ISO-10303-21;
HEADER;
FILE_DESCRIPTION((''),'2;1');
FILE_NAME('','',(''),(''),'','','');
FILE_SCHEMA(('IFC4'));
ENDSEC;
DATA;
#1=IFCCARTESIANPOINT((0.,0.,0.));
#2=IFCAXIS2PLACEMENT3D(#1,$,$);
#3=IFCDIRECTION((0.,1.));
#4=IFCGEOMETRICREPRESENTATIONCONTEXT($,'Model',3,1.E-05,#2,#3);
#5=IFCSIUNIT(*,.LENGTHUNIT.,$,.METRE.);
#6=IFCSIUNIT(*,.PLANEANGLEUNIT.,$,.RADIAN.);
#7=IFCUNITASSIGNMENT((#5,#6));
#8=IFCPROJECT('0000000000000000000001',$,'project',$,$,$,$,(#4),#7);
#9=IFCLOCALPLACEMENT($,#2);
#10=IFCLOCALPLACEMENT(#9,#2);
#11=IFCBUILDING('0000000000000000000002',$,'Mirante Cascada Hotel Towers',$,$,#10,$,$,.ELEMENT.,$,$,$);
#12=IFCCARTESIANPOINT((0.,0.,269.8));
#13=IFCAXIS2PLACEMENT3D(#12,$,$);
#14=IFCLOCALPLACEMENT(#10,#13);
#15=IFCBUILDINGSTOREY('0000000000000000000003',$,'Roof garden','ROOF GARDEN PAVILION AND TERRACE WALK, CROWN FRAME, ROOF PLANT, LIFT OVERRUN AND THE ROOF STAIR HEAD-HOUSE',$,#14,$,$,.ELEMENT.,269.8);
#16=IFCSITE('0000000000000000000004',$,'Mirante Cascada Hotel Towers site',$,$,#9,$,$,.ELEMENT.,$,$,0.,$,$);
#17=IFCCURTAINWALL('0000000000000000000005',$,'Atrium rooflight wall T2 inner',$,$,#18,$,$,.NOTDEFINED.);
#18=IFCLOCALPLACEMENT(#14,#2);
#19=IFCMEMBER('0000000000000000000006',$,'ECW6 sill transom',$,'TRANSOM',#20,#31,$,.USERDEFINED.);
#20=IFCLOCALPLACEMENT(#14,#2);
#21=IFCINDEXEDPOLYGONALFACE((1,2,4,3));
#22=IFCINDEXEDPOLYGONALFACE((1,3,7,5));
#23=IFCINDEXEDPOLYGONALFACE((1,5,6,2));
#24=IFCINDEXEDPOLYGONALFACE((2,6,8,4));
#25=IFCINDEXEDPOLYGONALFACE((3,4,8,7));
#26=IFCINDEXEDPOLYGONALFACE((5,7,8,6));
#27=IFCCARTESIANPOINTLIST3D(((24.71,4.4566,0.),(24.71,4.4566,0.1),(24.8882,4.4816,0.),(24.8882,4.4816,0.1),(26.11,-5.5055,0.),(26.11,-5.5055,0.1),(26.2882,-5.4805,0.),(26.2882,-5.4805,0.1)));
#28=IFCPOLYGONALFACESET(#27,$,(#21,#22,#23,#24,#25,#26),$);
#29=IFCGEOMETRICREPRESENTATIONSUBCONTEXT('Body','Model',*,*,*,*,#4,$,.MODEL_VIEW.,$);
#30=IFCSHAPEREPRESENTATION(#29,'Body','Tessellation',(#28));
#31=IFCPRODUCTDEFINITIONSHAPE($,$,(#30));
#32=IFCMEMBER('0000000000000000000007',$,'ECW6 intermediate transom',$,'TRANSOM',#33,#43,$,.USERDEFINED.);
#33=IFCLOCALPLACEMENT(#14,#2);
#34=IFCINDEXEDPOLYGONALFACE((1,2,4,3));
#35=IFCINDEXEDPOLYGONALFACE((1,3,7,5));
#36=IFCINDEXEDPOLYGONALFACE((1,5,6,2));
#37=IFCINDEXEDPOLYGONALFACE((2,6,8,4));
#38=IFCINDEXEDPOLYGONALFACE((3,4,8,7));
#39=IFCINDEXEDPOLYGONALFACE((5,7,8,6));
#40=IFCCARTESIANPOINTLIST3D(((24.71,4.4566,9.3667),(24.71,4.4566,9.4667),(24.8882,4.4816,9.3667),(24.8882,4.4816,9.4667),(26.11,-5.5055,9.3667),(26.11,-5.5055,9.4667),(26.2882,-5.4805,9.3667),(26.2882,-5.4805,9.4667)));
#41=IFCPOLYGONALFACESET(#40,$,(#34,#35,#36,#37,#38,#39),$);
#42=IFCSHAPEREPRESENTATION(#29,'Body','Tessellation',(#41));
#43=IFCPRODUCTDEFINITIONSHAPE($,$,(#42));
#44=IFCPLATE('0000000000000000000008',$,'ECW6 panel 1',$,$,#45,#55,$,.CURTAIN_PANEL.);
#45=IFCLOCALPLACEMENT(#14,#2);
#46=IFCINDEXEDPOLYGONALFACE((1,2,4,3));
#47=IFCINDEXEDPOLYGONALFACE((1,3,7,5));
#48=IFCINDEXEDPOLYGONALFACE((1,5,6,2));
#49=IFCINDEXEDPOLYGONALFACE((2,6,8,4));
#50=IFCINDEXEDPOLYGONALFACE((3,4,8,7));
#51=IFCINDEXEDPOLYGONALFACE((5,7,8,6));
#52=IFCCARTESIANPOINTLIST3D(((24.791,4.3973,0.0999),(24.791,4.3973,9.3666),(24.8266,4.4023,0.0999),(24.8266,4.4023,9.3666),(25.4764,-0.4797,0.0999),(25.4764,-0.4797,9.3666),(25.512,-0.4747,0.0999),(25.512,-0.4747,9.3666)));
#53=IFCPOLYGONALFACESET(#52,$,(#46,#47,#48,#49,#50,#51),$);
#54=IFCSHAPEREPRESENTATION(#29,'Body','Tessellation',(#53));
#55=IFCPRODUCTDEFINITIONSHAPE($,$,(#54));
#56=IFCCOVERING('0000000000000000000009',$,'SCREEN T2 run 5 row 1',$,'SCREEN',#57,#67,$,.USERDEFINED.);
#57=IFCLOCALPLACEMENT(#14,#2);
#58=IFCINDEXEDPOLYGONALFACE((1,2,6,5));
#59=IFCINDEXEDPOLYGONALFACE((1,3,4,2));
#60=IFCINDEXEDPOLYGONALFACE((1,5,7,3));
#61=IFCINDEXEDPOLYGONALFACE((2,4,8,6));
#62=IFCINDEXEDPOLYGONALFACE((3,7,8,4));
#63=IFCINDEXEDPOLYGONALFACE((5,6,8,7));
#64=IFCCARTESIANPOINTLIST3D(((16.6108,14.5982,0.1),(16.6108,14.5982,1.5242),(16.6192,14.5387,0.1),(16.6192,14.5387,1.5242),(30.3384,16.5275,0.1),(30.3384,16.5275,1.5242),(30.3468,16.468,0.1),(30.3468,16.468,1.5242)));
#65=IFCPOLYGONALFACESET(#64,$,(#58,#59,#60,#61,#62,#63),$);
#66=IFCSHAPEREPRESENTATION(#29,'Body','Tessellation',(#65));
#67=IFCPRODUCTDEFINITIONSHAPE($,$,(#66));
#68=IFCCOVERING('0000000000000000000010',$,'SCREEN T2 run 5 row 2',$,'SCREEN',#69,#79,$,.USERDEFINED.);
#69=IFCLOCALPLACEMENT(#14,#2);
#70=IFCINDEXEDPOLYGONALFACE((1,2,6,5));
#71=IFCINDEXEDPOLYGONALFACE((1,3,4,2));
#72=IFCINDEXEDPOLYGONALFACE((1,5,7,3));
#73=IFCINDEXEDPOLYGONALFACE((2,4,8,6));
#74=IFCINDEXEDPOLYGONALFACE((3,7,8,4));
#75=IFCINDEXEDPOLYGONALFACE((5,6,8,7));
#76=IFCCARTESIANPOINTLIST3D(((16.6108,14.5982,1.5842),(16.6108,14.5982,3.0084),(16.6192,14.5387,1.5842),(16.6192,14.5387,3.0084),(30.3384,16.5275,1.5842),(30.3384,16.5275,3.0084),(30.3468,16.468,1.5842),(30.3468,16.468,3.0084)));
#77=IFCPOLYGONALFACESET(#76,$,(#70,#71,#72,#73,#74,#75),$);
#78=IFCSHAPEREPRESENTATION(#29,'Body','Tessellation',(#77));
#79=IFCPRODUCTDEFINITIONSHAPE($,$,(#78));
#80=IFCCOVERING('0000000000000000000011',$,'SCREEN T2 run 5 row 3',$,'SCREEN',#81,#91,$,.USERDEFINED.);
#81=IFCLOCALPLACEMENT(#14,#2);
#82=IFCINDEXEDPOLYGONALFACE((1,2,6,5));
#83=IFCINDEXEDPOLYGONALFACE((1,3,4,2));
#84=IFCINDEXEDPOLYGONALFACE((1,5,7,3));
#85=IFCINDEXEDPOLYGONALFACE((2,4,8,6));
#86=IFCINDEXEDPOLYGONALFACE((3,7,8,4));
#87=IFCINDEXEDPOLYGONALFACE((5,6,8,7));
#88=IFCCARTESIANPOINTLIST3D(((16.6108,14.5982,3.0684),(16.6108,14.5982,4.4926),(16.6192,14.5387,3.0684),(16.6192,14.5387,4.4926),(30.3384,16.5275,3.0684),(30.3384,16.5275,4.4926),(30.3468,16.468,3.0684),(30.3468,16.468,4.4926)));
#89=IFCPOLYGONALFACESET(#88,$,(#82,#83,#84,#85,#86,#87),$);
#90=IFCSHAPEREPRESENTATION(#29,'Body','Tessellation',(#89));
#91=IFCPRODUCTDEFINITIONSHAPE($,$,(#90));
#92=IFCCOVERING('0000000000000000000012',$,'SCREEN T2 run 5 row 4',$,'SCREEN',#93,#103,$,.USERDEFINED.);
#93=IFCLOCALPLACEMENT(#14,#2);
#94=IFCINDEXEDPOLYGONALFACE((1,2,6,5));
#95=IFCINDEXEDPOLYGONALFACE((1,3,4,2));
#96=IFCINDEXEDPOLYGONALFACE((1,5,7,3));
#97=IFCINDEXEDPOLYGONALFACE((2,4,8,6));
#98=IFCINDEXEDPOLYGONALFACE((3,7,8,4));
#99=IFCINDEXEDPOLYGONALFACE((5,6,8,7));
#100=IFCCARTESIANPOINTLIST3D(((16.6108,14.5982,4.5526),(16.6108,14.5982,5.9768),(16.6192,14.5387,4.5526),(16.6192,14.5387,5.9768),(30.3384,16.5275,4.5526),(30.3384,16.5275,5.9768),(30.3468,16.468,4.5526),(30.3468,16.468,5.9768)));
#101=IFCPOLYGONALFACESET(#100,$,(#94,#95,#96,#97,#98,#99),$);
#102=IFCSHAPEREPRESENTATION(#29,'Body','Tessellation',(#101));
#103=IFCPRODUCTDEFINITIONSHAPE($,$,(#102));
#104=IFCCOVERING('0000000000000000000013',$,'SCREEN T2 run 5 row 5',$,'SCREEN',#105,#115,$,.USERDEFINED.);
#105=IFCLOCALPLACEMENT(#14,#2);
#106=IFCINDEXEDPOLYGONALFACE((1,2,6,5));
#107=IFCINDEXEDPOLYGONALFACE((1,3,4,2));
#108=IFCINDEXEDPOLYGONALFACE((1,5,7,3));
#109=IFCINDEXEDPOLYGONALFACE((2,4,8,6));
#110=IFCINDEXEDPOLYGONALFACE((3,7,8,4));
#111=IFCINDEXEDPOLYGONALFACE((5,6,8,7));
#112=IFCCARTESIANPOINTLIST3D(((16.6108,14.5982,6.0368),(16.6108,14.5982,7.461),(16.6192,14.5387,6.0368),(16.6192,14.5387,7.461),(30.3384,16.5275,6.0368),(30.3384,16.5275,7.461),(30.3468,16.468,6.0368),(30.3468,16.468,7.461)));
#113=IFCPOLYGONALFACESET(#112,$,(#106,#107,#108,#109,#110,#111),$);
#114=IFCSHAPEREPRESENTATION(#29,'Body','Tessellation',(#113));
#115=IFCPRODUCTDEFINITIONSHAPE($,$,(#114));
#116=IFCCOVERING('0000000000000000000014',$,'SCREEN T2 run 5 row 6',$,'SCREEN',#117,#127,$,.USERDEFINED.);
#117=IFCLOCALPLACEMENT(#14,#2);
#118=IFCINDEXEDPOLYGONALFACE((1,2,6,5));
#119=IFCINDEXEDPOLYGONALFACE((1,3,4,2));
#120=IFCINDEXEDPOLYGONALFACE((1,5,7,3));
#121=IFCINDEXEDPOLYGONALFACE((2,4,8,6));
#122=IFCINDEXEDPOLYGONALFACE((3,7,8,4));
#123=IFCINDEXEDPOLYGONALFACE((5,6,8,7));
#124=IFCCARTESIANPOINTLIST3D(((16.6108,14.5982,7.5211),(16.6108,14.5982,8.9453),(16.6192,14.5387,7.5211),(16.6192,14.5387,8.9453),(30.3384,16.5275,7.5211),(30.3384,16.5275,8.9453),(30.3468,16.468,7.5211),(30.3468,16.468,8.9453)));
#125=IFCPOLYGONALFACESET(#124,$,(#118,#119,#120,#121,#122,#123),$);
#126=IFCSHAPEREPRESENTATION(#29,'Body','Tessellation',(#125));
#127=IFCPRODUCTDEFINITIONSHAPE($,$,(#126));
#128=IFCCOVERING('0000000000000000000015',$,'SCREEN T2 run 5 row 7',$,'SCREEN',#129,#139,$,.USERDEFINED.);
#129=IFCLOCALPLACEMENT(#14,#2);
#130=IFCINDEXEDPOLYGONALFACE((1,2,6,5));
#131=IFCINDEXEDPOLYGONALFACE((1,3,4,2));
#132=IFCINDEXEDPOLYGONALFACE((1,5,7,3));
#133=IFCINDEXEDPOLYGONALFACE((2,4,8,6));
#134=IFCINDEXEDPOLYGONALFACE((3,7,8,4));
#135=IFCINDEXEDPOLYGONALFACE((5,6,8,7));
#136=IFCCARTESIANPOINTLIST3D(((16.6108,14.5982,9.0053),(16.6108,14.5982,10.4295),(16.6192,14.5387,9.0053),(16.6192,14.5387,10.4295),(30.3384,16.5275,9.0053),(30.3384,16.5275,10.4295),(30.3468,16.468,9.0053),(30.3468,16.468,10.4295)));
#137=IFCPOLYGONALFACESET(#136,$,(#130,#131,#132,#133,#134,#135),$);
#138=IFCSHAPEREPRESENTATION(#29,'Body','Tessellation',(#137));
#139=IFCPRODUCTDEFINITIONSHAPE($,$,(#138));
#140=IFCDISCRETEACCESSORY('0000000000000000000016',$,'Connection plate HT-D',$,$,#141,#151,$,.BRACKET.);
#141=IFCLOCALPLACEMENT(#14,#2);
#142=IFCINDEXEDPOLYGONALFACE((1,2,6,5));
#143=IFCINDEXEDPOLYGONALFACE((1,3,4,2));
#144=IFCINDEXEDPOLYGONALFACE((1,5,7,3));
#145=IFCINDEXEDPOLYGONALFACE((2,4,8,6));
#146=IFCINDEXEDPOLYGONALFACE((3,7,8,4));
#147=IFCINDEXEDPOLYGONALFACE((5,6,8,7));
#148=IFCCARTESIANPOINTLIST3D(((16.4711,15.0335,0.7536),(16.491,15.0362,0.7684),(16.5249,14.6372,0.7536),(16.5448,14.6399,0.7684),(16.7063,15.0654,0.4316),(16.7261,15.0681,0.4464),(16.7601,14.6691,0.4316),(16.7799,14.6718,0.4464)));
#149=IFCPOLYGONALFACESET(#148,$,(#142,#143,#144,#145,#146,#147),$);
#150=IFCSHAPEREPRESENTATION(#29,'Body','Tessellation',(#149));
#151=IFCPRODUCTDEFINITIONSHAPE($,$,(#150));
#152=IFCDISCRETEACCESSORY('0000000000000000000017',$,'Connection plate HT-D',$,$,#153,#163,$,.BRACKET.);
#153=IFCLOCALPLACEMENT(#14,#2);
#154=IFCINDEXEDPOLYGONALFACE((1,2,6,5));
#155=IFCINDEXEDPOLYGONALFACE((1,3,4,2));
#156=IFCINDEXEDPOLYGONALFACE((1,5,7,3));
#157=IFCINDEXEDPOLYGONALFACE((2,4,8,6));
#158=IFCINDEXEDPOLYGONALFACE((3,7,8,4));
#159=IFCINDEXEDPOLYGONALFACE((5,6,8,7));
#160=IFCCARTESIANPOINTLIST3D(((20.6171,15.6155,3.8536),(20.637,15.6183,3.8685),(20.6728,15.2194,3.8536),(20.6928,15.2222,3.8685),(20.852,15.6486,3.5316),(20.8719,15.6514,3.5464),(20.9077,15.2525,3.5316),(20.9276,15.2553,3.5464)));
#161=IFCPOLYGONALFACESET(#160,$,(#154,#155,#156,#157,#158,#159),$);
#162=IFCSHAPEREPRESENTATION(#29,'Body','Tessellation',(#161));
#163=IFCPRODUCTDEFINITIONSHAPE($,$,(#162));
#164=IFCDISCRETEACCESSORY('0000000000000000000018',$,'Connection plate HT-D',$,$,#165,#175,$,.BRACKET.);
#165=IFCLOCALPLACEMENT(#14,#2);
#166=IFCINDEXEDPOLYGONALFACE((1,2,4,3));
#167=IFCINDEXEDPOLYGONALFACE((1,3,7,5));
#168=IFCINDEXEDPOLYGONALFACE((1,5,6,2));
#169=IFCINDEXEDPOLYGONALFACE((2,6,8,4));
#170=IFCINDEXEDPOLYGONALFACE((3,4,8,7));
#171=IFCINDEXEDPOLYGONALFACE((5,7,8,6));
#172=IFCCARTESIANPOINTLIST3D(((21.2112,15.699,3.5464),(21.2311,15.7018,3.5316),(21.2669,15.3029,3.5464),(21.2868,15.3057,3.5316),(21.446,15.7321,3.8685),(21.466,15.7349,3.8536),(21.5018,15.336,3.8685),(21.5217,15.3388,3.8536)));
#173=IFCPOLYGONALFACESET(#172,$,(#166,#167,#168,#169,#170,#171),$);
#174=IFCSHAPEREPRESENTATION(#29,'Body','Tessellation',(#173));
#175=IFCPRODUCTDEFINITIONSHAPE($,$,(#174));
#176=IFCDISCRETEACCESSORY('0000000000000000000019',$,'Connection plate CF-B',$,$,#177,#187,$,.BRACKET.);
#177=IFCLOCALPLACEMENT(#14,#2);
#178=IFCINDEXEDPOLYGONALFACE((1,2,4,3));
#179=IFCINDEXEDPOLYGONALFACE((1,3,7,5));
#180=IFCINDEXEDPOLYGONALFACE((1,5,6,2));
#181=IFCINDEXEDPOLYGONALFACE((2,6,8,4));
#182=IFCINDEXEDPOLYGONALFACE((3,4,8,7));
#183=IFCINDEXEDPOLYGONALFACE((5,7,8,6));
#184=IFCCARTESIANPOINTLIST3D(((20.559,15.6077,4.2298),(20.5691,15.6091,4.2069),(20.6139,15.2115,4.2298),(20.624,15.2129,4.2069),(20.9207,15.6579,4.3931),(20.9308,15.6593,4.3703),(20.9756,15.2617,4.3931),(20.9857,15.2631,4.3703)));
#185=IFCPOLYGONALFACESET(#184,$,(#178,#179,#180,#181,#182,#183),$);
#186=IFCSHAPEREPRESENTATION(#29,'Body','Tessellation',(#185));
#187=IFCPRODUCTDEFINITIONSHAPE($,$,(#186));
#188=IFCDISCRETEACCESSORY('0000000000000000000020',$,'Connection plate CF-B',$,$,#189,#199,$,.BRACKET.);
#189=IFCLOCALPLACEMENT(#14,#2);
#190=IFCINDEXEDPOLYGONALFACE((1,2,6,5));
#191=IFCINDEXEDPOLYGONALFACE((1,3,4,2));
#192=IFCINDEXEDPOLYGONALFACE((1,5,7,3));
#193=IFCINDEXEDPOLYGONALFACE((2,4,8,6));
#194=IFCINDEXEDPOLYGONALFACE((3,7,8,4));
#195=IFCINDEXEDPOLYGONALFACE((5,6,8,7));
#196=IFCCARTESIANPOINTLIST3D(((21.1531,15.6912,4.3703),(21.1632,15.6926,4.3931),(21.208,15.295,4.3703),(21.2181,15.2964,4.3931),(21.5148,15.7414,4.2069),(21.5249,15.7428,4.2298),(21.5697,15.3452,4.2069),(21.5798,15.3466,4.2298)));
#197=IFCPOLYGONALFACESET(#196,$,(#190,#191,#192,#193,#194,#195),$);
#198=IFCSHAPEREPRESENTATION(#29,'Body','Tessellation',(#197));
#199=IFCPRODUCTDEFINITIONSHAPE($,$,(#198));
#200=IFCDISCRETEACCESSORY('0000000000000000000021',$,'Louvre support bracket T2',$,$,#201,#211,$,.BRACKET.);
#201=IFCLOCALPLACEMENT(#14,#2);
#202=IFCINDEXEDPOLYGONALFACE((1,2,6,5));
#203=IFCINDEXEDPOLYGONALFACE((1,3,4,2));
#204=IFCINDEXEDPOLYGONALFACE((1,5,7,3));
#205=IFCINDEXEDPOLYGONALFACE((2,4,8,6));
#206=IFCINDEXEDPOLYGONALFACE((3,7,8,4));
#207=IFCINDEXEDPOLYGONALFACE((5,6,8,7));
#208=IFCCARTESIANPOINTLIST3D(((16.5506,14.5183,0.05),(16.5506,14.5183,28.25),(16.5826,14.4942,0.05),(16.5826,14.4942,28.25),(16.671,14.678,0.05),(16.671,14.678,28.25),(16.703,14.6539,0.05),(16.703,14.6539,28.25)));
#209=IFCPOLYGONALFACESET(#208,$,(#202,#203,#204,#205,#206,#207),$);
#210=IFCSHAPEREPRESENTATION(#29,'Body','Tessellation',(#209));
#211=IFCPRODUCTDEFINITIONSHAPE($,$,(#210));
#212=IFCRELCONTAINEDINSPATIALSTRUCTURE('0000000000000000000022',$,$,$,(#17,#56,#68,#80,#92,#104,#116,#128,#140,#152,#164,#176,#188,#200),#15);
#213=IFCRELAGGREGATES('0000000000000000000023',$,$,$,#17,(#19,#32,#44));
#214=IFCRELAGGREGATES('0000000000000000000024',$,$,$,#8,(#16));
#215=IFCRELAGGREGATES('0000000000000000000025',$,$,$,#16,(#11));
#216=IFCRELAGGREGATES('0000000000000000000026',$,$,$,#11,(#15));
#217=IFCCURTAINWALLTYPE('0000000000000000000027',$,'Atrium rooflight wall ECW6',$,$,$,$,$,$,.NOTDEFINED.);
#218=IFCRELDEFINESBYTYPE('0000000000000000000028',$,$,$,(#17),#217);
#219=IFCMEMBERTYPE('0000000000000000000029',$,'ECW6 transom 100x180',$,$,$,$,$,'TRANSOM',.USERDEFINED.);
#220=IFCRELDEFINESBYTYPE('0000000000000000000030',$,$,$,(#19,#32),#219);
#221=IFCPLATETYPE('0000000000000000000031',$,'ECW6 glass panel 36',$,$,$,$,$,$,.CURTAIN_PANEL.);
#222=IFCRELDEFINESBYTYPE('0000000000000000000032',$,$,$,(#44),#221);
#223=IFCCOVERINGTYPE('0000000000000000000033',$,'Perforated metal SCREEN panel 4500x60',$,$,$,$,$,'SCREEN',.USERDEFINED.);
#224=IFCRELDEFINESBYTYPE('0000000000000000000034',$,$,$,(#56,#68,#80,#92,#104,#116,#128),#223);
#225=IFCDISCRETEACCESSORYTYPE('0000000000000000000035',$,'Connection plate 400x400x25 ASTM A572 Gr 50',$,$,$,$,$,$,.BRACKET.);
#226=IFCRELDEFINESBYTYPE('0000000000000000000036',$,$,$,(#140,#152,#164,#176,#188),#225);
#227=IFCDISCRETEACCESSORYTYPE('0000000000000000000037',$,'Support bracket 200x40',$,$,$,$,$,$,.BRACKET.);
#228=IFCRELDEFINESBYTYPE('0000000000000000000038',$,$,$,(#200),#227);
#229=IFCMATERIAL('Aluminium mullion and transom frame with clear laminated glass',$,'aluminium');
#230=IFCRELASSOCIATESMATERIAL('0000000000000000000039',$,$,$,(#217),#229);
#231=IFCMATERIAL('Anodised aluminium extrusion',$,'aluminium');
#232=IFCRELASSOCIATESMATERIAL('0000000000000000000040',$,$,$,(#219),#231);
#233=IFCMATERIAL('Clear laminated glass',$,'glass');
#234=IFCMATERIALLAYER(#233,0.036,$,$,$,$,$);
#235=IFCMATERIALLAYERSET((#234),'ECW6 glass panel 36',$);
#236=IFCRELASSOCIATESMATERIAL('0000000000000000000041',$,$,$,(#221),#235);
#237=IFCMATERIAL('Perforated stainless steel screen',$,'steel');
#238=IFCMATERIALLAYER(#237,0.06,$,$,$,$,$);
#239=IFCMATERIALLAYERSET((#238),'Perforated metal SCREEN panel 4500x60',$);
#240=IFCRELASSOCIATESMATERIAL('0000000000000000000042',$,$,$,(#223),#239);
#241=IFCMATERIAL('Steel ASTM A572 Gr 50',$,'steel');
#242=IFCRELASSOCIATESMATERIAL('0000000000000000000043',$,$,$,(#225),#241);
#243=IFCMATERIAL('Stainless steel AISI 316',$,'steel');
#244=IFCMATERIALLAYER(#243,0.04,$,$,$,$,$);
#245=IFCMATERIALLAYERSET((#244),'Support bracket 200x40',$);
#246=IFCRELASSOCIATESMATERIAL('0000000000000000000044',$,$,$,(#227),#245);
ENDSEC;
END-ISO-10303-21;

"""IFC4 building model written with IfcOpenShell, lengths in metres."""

from ifc_helpers import new_model, si_unit, direction, frame, origin, origin_2d, place, context, subcontext, project, spatial, rectangle, extrude, material, layer, layer_set, material_profile, profile_set, type_object, element, aggregate, save


model = new_model("IFC4")

# Units and contexts
model_context = context("Model", 3, precision=1e-05, world=origin(), true_north=direction((0.0, 1.0)))
body_context = subcontext(model_context, "Body", "Model", "MODEL_VIEW")
ifc_project = project(units=[si_unit("LENGTHUNIT", "METRE"), si_unit("PLANEANGLEUNIT", "RADIAN")], contexts=[model_context])

# Site, building, storey
site_placement = place(None, origin())
site = spatial("IfcSite", under=ifc_project, at=site_placement, Name="Mirante Cascada Hotel Towers site", CompositionType="ELEMENT", RefElevation=0.0)
building_placement = place(site_placement, origin())
building = spatial("IfcBuilding", under=site, at=building_placement, Name="Mirante Cascada Hotel Towers", CompositionType="ELEMENT")
storey_placement = place(building_placement, frame((0.0, 0.0, 269.8)))
storey = spatial("IfcBuildingStorey", under=building, at=storey_placement, Name="Roof garden", Description="ROOF GARDEN PAVILION AND TERRACE WALK, CROWN FRAME, ROOF PLANT, LIFT OVERRUN AND THE ROOF STAIR HEAD-HOUSE", CompositionType="ELEMENT", Elevation=269.8)

# Shared definitions
ifc_material_1 = material(Name="Aluminium mullion and transom frame with clear laminated glass", Category="aluminium")
curtain_wall_type = type_object("IfcCurtainWallType", Name="Atrium rooflight wall ECW6", PredefinedType="NOTDEFINED", material=ifc_material_1)

# Curtain wall, members, plate
curtain_wall_1_placement = place(storey_placement, origin())
curtain_wall_1 = element("IfcCurtainWall", 1, at=curtain_wall_1_placement, inside=storey, type_object=curtain_wall_type, Name="Atrium rooflight wall T2 inner", PredefinedType="NOTDEFINED")
ifc_material_2 = material(Name="Anodised aluminium extrusion", Category="aluminium")
ifc_material_profile_1 = material_profile(ifc_material_2, rectangle(XDim=0.18, YDim=0.1, at=origin_2d()), Name="ECW6 TRANSOM 100x180")
ifc_profile_set_1 = profile_set([ifc_material_profile_1], Name="Anodised aluminium extrusion")
member_type_1 = type_object("IfcMemberType", Name="ECW6 transom 100x180", ElementType="TRANSOM", PredefinedType="USERDEFINED", material=ifc_profile_set_1)
member_1_placement = place(storey_placement, frame((24.7991, 4.4691, 0.05), z_axis=(0.139165, -0.990269, 0.0), x_axis=(0.990269, 0.139165, 0.0)))
member_1 = element("IfcMember", 2, at=member_1_placement, type_object=member_type_1, Name="ECW6 sill transom", ObjectType="TRANSOM", PredefinedType="USERDEFINED", context=body_context, shape_type="SweptSolid", body=[
    extrude(rectangle(XDim=0.18, YDim=0.1, at=origin_2d()), origin(), (0.0, 0.0, 1.0), 10.06),
])
member_2_placement = place(storey_placement, frame((24.7991, 4.4691, 9.4167), z_axis=(0.139165, -0.990269, 0.0), x_axis=(0.990269, 0.139165, 0.0)))
member_2 = element("IfcMember", 3, at=member_2_placement, type_object=member_type_1, Name="ECW6 intermediate transom", ObjectType="TRANSOM", PredefinedType="USERDEFINED", context=body_context, shape_type="SweptSolid", body=[
    extrude(rectangle(XDim=0.18, YDim=0.1, at=origin_2d()), origin(), (0.0, 0.0, 1.0), 10.06),
])
ifc_material_3 = material(Name="Clear laminated glass", Category="glass")
ifc_layer_1 = layer(ifc_material_3, 0.036)
ifc_layer_set_1 = layer_set([ifc_layer_1], Name="ECW6 glass panel 36")
plate_type = type_object("IfcPlateType", Name="ECW6 glass panel 36", PredefinedType="CURTAIN_PANEL", material=ifc_layer_set_1)
plate_placement = place(storey_placement, frame((25.1515, 1.9613, 0.0999), z_axis=(0.0, 0.0, 1.0), x_axis=(0.139173, -0.990268, 0.0)))
plate = element("IfcPlate", 4, at=plate_placement, type_object=plate_type, Name="ECW6 panel 1", PredefinedType="CURTAIN_PANEL", context=body_context, shape_type="SweptSolid", body=[
    extrude(rectangle(XDim=4.925, YDim=0.036, at=origin_2d()), origin(), (0.0, 0.0, 1.0), 9.2667),
])
aggregate(curtain_wall_1, [member_1, member_2, plate])

# Coverings
ifc_material_4 = material(Name="Perforated stainless steel screen", Category="steel")
ifc_layer_2 = layer(ifc_material_4, 0.06)
ifc_layer_set_2 = layer_set([ifc_layer_2], Name="Perforated metal SCREEN panel 4500x60")
covering_type = type_object("IfcCoveringType", Name="Perforated metal SCREEN panel 4500x60", ElementType="SCREEN", PredefinedType="USERDEFINED", material=ifc_layer_set_2)
for number, where, z_axis, x_axis, name in (
    (5, (23.4788, 15.5331, 0.1), (0.0, 0.0, 1.0), (0.990268, 0.139173, 0.0), "SCREEN T2 run 5 row 1"),
    (6, (23.4788, 15.5331, 1.5842), (0.0, 0.0, 1.0), (0.990268, 0.139173, 0.0), "SCREEN T2 run 5 row 2"),
    (7, (23.4788, 15.5331, 3.0684), (0.0, 0.0, 1.0), (0.990268, 0.139173, 0.0), "SCREEN T2 run 5 row 3"),
    (8, (23.4788, 15.5331, 4.5526), (0.0, 0.0, 1.0), (0.990268, 0.139173, 0.0), "SCREEN T2 run 5 row 4"),
    (9, (23.4788, 15.5331, 6.0368), (0.0, 0.0, 1.0), (0.990268, 0.139173, 0.0), "SCREEN T2 run 5 row 5"),
    (10, (23.4788, 15.5331, 7.5211), (0.0, 0.0, 1.0), (0.990268, 0.139173, 0.0), "SCREEN T2 run 5 row 6"),
    (11, (23.4788, 15.5331, 9.0053), (0.0, 0.0, 1.0), (0.990268, 0.139173, 0.0), "SCREEN T2 run 5 row 7"),
):
    element("IfcCovering", number, at=place(storey_placement, frame(where, z_axis=z_axis, x_axis=x_axis)), inside=storey, type_object=covering_type, Name=name, ObjectType="SCREEN", PredefinedType="USERDEFINED", context=body_context, shape_type="SweptSolid", body=[
        extrude(rectangle(XDim=13.8625, YDim=0.06, at=origin_2d()), origin(), (0.0, 0.0, 1.0), 1.4242),
    ])

# Discrete accessories
ifc_material_5 = material(Name="Steel ASTM A572 Gr 50", Category="steel")
ifc_material_profile_2 = material_profile(ifc_material_5, rectangle(XDim=0.4, YDim=0.4, at=origin_2d()), Name="Connection plate 400x400x25 ASTM A572 Gr 50")
ifc_profile_set_2 = profile_set([ifc_material_profile_2], Name="Steel ASTM A572 Gr 50")
discrete_accessory_type_1 = type_object("IfcDiscreteAccessoryType", Name="Connection plate 400x400x25 ASTM A572 Gr 50", PredefinedType="BRACKET", material=ifc_profile_set_2)
discrete_accessory_1_placement = place(storey_placement, frame((16.6156, 14.8513, 0.5926), z_axis=(0.797699, 0.108231, 0.593264), x_axis=(-0.134446, 0.990921, 0.0)))
element("IfcDiscreteAccessory", 12, at=discrete_accessory_1_placement, inside=storey, type_object=discrete_accessory_type_1, Name="Connection plate HT-D", PredefinedType="BRACKET", context=body_context, shape_type="SweptSolid", body=[
    extrude(rectangle(XDim=0.4, YDim=0.4, at=origin_2d()), origin(), (0.0, 0.0, 1.0), 0.0249),
])
for number, where, z_axis, x_axis, name in (
    (13, (20.7624, 15.434, 3.6926), (0.797347, 0.112189, 0.593002), (-0.139331, 0.990246, 0.0), "Connection plate HT-D"),
    (14, (21.3764, 15.5203, 3.6926), (-0.797347, -0.112189, 0.593002), (0.139331, -0.990246, 0.0), "Connection plate HT-D"),
    (15, (20.7774, 15.4361, 4.2886), (-0.404385, -0.056053, 0.91287), (0.137301, -0.990529, 0.0), "Connection plate CF-B"),
    (16, (21.3614, 15.5182, 4.2886), (0.404385, 0.056053, 0.91287), (-0.137301, 0.990529, 0.0), "Connection plate CF-B"),
):
    element("IfcDiscreteAccessory", number, at=place(storey_placement, frame(where, z_axis=z_axis, x_axis=x_axis)), inside=storey, type_object=discrete_accessory_type_1, Name=name, PredefinedType="BRACKET", context=body_context, shape_type="SweptSolid", body=[
        extrude(rectangle(XDim=0.4, YDim=0.4, at=origin_2d()), origin(), (0.0, 0.0, 1.0), 0.025),
    ])
ifc_material_6 = material(Name="Stainless steel AISI 316", Category="steel")
ifc_layer_3 = layer(ifc_material_6, 0.04)
ifc_layer_set_3 = layer_set([ifc_layer_3], Name="Support bracket 200x40")
discrete_accessory_type_2 = type_object("IfcDiscreteAccessoryType", Name="Support bracket 200x40", PredefinedType="BRACKET", material=ifc_layer_set_3)
discrete_accessory_2_placement = place(storey_placement, frame((16.6268, 14.5861, 0.05), z_axis=(0.0, 0.0, 1.0), x_axis=(0.601815, 0.798636, 0.0)))
element("IfcDiscreteAccessory", 17, at=discrete_accessory_2_placement, inside=storey, type_object=discrete_accessory_type_2, Name="Louvre support bracket T2", PredefinedType="BRACKET", context=body_context, shape_type="SweptSolid", body=[
    extrude(rectangle(XDim=0.2, YDim=0.04, at=origin_2d()), origin(), (0.0, 0.0, 1.0), 28.2),
])

save(model, "model.ifc")
